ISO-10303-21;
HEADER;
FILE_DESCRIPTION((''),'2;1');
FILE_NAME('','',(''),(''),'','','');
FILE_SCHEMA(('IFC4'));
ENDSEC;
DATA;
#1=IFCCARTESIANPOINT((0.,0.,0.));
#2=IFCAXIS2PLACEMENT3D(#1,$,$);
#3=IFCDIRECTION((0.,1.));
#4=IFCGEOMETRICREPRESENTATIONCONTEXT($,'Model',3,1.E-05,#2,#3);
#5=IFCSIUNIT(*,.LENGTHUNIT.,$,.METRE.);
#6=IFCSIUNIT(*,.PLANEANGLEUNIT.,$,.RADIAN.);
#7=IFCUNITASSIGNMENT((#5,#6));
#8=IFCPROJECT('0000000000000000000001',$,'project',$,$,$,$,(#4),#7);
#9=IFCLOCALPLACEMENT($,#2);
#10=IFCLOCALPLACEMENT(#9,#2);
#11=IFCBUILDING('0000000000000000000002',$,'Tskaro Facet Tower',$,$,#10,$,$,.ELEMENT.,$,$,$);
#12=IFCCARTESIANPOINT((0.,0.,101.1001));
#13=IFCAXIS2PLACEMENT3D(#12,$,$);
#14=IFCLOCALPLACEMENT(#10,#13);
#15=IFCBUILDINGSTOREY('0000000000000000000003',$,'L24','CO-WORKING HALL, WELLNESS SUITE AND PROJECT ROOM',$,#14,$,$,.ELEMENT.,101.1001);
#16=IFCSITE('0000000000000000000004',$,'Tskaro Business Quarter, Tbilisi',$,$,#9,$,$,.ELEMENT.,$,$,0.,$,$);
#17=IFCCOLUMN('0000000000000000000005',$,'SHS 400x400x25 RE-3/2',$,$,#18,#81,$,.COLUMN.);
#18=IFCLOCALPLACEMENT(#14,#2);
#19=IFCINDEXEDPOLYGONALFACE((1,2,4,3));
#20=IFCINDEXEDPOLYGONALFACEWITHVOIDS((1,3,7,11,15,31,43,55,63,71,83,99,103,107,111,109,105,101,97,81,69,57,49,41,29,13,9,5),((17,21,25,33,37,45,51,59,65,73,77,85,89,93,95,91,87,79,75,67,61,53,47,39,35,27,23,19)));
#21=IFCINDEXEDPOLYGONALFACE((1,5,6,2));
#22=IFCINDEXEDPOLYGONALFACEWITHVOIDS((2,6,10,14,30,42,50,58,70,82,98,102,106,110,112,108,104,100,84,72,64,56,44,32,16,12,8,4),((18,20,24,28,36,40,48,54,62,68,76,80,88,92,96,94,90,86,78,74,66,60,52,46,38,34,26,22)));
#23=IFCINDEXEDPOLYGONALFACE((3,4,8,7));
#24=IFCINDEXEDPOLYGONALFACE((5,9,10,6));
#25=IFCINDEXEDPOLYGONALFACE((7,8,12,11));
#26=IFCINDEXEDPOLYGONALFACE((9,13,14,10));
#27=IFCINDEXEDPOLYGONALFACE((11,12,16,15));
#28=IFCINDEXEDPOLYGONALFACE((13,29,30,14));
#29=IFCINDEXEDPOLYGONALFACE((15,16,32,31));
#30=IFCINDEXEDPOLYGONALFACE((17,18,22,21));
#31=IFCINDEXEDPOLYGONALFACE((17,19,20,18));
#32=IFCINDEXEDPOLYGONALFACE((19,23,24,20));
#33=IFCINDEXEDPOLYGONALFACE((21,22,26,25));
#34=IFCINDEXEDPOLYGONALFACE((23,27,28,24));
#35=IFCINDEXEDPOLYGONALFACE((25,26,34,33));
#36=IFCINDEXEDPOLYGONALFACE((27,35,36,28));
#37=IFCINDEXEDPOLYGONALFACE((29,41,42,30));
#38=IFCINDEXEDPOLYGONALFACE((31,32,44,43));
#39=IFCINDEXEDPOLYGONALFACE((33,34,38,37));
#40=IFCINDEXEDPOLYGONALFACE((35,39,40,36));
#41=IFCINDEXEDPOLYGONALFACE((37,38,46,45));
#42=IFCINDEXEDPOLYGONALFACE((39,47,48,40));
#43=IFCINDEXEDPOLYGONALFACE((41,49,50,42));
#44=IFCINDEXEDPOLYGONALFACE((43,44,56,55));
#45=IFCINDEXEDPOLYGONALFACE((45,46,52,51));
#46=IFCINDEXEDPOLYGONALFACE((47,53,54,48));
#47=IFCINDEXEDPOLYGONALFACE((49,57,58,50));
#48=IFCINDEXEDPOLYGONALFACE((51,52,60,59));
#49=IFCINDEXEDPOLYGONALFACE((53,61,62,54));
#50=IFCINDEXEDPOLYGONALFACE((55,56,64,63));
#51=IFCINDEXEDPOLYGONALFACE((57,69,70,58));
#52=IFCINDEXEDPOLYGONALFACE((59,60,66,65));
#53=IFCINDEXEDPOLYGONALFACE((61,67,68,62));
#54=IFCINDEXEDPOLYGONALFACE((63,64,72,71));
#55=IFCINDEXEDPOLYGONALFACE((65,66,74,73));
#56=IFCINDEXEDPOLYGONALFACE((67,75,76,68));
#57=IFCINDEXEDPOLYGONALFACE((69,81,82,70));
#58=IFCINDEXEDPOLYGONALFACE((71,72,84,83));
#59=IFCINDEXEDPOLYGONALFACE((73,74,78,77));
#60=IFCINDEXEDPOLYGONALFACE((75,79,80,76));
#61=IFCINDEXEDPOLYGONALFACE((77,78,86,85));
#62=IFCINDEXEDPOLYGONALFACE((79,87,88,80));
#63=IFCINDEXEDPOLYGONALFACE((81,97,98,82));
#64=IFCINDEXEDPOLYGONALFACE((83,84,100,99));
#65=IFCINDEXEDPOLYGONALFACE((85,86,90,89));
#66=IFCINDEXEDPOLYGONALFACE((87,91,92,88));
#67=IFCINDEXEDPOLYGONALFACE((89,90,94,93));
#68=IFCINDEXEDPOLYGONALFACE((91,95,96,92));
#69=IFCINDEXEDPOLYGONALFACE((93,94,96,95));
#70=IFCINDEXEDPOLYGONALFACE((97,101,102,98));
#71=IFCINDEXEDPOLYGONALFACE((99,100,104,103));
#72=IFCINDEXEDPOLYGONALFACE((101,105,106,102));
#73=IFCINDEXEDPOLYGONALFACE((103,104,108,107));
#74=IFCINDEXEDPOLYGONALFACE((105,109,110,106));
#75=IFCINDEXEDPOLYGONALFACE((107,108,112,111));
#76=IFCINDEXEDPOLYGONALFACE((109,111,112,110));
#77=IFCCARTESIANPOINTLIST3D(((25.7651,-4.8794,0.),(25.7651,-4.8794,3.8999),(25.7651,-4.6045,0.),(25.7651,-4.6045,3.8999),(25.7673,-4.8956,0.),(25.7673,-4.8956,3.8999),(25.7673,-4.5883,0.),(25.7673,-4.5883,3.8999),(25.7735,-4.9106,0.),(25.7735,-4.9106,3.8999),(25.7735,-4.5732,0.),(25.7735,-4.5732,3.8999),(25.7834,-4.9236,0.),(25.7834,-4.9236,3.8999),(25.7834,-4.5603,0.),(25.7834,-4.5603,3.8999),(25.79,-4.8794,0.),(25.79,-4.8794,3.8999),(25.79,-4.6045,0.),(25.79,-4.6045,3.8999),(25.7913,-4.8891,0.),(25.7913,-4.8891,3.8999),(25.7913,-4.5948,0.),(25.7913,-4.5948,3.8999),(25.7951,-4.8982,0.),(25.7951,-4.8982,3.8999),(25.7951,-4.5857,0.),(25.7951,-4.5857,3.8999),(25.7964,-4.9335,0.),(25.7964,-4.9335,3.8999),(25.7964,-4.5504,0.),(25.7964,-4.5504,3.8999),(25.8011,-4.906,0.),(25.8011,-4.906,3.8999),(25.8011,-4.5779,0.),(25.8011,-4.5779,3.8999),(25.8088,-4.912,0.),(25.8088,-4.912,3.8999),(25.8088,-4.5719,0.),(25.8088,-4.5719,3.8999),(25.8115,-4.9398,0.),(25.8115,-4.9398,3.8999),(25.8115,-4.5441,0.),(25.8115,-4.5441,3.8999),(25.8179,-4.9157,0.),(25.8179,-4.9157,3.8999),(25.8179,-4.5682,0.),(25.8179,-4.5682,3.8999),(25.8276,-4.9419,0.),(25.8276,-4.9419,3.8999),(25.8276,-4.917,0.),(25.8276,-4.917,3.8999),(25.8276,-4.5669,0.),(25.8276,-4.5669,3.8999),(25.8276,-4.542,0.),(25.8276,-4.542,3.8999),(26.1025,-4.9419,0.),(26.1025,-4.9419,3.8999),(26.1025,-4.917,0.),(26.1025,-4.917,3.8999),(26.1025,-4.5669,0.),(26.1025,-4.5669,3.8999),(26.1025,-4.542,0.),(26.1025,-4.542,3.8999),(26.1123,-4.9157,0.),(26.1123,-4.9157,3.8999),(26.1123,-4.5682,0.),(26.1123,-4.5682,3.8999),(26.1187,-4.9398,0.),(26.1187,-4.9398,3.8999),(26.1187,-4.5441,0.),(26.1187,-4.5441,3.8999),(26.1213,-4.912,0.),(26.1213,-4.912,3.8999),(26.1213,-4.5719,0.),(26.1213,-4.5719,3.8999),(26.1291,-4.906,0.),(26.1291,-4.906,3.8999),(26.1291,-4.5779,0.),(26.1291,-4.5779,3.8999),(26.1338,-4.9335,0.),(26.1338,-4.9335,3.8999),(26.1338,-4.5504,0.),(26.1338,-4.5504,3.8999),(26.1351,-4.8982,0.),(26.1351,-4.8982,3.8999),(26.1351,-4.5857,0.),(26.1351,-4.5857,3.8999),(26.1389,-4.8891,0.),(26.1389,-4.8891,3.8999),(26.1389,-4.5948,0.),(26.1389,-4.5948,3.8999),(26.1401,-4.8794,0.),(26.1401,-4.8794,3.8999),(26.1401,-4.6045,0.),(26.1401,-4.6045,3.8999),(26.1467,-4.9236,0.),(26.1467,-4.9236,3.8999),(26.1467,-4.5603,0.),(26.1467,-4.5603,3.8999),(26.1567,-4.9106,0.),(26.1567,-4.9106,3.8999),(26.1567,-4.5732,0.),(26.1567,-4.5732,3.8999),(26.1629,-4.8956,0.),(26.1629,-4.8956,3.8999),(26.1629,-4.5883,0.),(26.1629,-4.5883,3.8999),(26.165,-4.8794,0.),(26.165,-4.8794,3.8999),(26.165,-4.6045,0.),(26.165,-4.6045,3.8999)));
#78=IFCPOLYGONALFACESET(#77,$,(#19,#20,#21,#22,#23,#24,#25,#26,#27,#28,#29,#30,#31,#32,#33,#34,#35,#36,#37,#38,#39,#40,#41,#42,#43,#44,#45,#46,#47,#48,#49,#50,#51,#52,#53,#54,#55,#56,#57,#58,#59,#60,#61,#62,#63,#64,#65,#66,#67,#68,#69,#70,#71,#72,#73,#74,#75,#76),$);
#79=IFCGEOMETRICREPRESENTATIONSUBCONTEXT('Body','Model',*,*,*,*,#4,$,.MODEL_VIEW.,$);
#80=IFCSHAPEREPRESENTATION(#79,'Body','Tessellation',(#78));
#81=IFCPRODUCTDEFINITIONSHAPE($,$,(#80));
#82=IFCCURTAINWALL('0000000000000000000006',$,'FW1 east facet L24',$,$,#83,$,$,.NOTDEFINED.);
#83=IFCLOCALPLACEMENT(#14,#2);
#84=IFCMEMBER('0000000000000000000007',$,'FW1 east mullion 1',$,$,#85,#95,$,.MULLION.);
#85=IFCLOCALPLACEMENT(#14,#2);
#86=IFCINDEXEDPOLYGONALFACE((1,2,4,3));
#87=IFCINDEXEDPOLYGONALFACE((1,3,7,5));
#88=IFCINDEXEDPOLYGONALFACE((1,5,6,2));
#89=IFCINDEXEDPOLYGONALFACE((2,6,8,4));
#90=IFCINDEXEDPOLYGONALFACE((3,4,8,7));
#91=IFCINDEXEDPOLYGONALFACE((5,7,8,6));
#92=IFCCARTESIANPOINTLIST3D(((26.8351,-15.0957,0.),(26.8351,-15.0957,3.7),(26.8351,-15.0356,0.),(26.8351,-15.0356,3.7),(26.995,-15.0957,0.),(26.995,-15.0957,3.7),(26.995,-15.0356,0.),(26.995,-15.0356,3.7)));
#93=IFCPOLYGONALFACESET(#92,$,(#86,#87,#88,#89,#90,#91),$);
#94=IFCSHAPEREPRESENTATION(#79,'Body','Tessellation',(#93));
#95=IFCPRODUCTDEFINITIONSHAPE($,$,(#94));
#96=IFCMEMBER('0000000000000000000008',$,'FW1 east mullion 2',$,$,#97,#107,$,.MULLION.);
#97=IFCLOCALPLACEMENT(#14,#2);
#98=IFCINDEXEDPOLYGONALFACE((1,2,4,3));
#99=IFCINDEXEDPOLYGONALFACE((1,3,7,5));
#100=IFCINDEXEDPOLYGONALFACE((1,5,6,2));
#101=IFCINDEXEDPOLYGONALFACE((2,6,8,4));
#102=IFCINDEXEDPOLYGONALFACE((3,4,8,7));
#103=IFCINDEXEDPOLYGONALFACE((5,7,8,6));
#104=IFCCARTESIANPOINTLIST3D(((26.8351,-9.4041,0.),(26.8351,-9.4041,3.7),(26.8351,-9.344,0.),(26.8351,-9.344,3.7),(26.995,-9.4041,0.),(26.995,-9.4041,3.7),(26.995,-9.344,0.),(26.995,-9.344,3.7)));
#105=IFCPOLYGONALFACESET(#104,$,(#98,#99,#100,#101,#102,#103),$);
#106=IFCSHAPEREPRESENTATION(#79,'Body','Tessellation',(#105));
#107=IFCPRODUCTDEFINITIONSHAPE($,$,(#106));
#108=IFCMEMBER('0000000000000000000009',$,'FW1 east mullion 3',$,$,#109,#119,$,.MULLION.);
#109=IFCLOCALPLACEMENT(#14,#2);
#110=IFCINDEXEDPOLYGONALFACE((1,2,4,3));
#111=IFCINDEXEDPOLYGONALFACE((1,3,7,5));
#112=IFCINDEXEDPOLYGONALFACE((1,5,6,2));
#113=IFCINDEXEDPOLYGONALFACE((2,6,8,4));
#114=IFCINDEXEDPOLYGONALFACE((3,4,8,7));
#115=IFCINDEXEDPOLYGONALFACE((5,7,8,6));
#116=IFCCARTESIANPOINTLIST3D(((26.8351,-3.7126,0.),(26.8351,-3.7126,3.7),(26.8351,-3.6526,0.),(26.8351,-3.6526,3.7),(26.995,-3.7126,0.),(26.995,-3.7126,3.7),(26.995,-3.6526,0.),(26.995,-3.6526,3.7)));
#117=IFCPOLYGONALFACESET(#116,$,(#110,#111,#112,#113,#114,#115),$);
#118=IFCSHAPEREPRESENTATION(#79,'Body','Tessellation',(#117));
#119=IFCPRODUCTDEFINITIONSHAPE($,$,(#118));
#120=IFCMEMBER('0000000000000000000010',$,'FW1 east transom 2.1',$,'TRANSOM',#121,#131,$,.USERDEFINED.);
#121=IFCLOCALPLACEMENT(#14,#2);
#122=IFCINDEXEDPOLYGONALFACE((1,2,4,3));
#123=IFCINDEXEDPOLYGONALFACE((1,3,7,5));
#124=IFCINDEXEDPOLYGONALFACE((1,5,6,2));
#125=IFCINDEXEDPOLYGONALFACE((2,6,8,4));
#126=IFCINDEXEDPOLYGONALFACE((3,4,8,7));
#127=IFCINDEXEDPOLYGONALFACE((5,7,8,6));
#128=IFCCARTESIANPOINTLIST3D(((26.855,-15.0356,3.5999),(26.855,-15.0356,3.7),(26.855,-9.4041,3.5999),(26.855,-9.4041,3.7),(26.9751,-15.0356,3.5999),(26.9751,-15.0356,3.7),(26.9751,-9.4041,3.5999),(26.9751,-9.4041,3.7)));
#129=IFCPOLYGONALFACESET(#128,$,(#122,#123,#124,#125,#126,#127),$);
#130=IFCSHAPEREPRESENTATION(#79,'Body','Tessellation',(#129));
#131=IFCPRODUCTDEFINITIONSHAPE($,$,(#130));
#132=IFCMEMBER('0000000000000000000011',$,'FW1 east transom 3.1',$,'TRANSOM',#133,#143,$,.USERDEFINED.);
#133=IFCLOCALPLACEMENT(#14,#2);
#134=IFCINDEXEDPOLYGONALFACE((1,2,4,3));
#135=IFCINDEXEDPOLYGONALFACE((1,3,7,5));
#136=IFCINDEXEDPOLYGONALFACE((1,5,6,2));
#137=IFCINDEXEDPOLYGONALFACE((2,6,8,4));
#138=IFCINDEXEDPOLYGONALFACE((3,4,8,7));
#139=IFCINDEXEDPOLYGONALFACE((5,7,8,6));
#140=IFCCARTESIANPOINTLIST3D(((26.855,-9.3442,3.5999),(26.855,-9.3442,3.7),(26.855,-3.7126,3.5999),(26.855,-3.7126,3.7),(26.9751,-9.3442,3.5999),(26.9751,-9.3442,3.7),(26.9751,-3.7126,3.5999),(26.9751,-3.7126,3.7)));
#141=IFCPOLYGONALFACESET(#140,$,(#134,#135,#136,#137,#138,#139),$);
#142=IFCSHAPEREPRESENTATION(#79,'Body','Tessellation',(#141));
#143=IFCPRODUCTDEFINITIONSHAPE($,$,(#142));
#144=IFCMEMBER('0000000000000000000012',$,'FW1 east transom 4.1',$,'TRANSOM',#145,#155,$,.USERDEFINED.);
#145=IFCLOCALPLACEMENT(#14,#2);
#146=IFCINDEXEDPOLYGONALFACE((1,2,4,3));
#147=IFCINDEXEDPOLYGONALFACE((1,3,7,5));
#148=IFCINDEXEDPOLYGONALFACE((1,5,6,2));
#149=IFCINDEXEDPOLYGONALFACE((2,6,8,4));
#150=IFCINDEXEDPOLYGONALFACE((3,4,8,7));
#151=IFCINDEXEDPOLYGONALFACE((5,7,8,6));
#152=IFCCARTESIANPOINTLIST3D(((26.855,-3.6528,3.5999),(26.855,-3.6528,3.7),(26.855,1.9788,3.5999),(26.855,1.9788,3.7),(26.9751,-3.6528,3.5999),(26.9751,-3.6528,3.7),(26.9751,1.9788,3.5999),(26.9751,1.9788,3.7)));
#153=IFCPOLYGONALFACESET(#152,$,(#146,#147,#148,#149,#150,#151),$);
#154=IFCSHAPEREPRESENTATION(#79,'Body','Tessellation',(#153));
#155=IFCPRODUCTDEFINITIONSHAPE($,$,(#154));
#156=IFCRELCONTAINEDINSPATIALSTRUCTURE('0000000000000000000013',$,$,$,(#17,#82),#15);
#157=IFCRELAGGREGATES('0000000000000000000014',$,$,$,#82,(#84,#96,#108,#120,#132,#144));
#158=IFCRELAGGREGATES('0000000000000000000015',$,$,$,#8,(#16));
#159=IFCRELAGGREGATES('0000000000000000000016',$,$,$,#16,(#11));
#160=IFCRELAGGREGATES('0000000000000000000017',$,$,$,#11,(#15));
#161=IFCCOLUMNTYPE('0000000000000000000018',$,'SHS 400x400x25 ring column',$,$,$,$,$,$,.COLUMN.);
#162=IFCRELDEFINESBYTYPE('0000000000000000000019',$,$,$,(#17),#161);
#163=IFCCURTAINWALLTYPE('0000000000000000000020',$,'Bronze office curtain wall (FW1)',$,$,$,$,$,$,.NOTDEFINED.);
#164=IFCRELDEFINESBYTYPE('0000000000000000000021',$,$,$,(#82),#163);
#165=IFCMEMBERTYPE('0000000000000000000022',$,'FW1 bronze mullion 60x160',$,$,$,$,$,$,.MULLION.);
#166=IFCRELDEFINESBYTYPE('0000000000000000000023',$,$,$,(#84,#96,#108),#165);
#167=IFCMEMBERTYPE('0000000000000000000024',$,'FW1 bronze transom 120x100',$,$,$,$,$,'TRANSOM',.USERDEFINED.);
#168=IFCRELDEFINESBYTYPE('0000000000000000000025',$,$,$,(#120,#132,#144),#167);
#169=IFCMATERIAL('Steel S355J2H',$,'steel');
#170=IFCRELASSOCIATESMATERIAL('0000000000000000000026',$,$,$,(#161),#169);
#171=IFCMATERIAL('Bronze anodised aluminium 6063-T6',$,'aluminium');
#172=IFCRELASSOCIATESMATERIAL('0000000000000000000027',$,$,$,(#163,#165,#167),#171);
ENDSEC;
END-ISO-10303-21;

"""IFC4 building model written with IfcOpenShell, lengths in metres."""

from ifc_helpers import new_model, si_unit, direction, frame, origin, origin_2d, place, context, subcontext, project, spatial, rectangle, hollow_rectangle, extrude, material, material_profile, profile_set, type_object, element, aggregate, save


model = new_model("IFC4")

# Units and contexts
model_context = context("Model", 3, precision=1e-05, world=origin(), true_north=direction((0.0, 1.0)))
body_context = subcontext(model_context, "Body", "Model", "MODEL_VIEW")
ifc_project = project(units=[si_unit("LENGTHUNIT", "METRE"), si_unit("PLANEANGLEUNIT", "RADIAN")], contexts=[model_context])

# Site, building, storey
site_placement = place(None, origin())
site = spatial("IfcSite", under=ifc_project, at=site_placement, Name="Tskaro Business Quarter, Tbilisi", CompositionType="ELEMENT", RefElevation=0.0)
building_placement = place(site_placement, origin())
building = spatial("IfcBuilding", under=site, at=building_placement, Name="Tskaro Facet Tower", CompositionType="ELEMENT")
storey_placement = place(building_placement, frame((0.0, 0.0, 101.1001)))
storey = spatial("IfcBuildingStorey", under=building, at=storey_placement, Name="L24", Description="CO-WORKING HALL, WELLNESS SUITE AND PROJECT ROOM", CompositionType="ELEMENT", Elevation=101.1001)

# Column
ifc_material_1 = material(Name="Steel S355J2H", Category="steel")
ifc_material_profile_1 = material_profile(ifc_material_1, hollow_rectangle(XDim=0.3999, YDim=0.3999, WallThickness=0.0249, InnerFilletRadius=0.0376, OuterFilletRadius=0.0625, at=origin_2d()), Name="SHS 400x400x25")
ifc_profile_set_1 = profile_set([ifc_material_profile_1], Name="Steel S355J2H")
column_type_1 = type_object("IfcColumnType", Name="SHS 400x400x25 ring column", PredefinedType="COLUMN", material=ifc_profile_set_1)
for number, where, z_axis, x_axis, name in (
    (1, (25.9651, -4.7419, 0.0), (0.0, 0.0, 1.0), (1.0, 0.0, 0.0), "SHS 400x400x25 RE-3/2"),
):
    element("IfcColumn", number, at=place(storey_placement, frame(where, z_axis=z_axis, x_axis=x_axis)), inside=storey, type_object=column_type_1, Name=name, PredefinedType="COLUMN", context=body_context, shape_type="SweptSolid", body=[
        extrude(hollow_rectangle(XDim=0.3999, YDim=0.3999, WallThickness=0.0249, InnerFilletRadius=0.0376, OuterFilletRadius=0.0625, at=origin_2d()), origin(), (0.0, 0.0, 1.0), 3.8999),
    ])

# Curtain wall, members
ifc_material_2 = material(Name="Bronze anodised aluminium 6063-T6", Category="aluminium")
curtain_wall_type = type_object("IfcCurtainWallType", Name="Bronze office curtain wall (FW1)", PredefinedType="NOTDEFINED", material=ifc_material_2)
curtain_wall_placement = place(storey_placement, origin())
curtain_wall = element("IfcCurtainWall", 2, at=curtain_wall_placement, inside=storey, type_object=curtain_wall_type, Name="FW1 east facet L24", PredefinedType="NOTDEFINED")
ifc_material_profile_2 = material_profile(ifc_material_2, rectangle(XDim=0.0601, YDim=0.1599, at=origin_2d()), Name="Mullion 60x160")
ifc_profile_set_2 = profile_set([ifc_material_profile_2], Name="Bronze anodised aluminium 6063-T6")
member_type_1 = type_object("IfcMemberType", Name="FW1 bronze mullion 60x160", PredefinedType="MULLION", material=ifc_profile_set_2)
member_1_placement = place(storey_placement, frame((26.915, -15.0657, 0.0), z_axis=(0.0, 0.0, 1.0), x_axis=(0.0, 1.0, 0.0)))
member_1 = element("IfcMember", 3, at=member_1_placement, type_object=member_type_1, Name="FW1 east mullion 1", PredefinedType="MULLION", context=body_context, shape_type="SweptSolid", body=[
    extrude(rectangle(XDim=0.0601, YDim=0.1599, at=origin_2d()), origin(), (0.0, 0.0, 1.0), 3.7),
])
member_2_placement = place(storey_placement, frame((26.915, -9.374, 0.0), z_axis=(0.0, 0.0, 1.0), x_axis=(0.0, 1.0, 0.0)))
member_2 = element("IfcMember", 4, at=member_2_placement, type_object=member_type_1, Name="FW1 east mullion 2", PredefinedType="MULLION", context=body_context, shape_type="SweptSolid", body=[
    extrude(rectangle(XDim=0.0601, YDim=0.1599, at=origin_2d()), origin(), (0.0, 0.0, 1.0), 3.7),
])
member_3_placement = place(storey_placement, frame((26.915, -3.6826, 0.0), z_axis=(0.0, 0.0, 1.0), x_axis=(0.0, 1.0, 0.0)))
member_3 = element("IfcMember", 5, at=member_3_placement, type_object=member_type_1, Name="FW1 east mullion 3", PredefinedType="MULLION", context=body_context, shape_type="SweptSolid", body=[
    extrude(rectangle(XDim=0.0601, YDim=0.1599, at=origin_2d()), origin(), (0.0, 0.0, 1.0), 3.7),
])
ifc_material_profile_3 = material_profile(ifc_material_2, rectangle(XDim=0.1201, YDim=0.1001, at=origin_2d()), Name="Transom 120x100")
ifc_profile_set_3 = profile_set([ifc_material_profile_3], Name="Bronze anodised aluminium 6063-T6")
member_type_2 = type_object("IfcMemberType", Name="FW1 bronze transom 120x100", ElementType="TRANSOM", PredefinedType="USERDEFINED", material=ifc_profile_set_3)
member_4_placement = place(storey_placement, frame((26.915, -15.0356, 3.6499), z_axis=(0.0, 1.0, 0.0), x_axis=(-1.0, 0.0, 0.0)))
member_4 = element("IfcMember", 6, at=member_4_placement, type_object=member_type_2, Name="FW1 east transom 2.1", ObjectType="TRANSOM", PredefinedType="USERDEFINED", context=body_context, shape_type="SweptSolid", body=[
    extrude(rectangle(XDim=0.1201, YDim=0.1001, at=origin_2d()), origin(), (0.0, 0.0, 1.0), 5.6316),
])
member_5_placement = place(storey_placement, frame((26.915, -9.3442, 3.6499), z_axis=(0.0, 1.0, 0.0), x_axis=(-1.0, 0.0, 0.0)))
member_5 = element("IfcMember", 7, at=member_5_placement, type_object=member_type_2, Name="FW1 east transom 3.1", ObjectType="TRANSOM", PredefinedType="USERDEFINED", context=body_context, shape_type="SweptSolid", body=[
    extrude(rectangle(XDim=0.1201, YDim=0.1001, at=origin_2d()), origin(), (0.0, 0.0, 1.0), 5.6316),
])
member_6_placement = place(storey_placement, frame((26.915, -3.6528, 3.6499), z_axis=(0.0, 1.0, 0.0), x_axis=(-1.0, 0.0, 0.0)))
member_6 = element("IfcMember", 8, at=member_6_placement, type_object=member_type_2, Name="FW1 east transom 4.1", ObjectType="TRANSOM", PredefinedType="USERDEFINED", context=body_context, shape_type="SweptSolid", body=[
    extrude(rectangle(XDim=0.1201, YDim=0.1001, at=origin_2d()), origin(), (0.0, 0.0, 1.0), 5.6316),
])

aggregate(curtain_wall, [member_1, member_2, member_3, member_4, member_5, member_6])

save(model, "model.ifc")
